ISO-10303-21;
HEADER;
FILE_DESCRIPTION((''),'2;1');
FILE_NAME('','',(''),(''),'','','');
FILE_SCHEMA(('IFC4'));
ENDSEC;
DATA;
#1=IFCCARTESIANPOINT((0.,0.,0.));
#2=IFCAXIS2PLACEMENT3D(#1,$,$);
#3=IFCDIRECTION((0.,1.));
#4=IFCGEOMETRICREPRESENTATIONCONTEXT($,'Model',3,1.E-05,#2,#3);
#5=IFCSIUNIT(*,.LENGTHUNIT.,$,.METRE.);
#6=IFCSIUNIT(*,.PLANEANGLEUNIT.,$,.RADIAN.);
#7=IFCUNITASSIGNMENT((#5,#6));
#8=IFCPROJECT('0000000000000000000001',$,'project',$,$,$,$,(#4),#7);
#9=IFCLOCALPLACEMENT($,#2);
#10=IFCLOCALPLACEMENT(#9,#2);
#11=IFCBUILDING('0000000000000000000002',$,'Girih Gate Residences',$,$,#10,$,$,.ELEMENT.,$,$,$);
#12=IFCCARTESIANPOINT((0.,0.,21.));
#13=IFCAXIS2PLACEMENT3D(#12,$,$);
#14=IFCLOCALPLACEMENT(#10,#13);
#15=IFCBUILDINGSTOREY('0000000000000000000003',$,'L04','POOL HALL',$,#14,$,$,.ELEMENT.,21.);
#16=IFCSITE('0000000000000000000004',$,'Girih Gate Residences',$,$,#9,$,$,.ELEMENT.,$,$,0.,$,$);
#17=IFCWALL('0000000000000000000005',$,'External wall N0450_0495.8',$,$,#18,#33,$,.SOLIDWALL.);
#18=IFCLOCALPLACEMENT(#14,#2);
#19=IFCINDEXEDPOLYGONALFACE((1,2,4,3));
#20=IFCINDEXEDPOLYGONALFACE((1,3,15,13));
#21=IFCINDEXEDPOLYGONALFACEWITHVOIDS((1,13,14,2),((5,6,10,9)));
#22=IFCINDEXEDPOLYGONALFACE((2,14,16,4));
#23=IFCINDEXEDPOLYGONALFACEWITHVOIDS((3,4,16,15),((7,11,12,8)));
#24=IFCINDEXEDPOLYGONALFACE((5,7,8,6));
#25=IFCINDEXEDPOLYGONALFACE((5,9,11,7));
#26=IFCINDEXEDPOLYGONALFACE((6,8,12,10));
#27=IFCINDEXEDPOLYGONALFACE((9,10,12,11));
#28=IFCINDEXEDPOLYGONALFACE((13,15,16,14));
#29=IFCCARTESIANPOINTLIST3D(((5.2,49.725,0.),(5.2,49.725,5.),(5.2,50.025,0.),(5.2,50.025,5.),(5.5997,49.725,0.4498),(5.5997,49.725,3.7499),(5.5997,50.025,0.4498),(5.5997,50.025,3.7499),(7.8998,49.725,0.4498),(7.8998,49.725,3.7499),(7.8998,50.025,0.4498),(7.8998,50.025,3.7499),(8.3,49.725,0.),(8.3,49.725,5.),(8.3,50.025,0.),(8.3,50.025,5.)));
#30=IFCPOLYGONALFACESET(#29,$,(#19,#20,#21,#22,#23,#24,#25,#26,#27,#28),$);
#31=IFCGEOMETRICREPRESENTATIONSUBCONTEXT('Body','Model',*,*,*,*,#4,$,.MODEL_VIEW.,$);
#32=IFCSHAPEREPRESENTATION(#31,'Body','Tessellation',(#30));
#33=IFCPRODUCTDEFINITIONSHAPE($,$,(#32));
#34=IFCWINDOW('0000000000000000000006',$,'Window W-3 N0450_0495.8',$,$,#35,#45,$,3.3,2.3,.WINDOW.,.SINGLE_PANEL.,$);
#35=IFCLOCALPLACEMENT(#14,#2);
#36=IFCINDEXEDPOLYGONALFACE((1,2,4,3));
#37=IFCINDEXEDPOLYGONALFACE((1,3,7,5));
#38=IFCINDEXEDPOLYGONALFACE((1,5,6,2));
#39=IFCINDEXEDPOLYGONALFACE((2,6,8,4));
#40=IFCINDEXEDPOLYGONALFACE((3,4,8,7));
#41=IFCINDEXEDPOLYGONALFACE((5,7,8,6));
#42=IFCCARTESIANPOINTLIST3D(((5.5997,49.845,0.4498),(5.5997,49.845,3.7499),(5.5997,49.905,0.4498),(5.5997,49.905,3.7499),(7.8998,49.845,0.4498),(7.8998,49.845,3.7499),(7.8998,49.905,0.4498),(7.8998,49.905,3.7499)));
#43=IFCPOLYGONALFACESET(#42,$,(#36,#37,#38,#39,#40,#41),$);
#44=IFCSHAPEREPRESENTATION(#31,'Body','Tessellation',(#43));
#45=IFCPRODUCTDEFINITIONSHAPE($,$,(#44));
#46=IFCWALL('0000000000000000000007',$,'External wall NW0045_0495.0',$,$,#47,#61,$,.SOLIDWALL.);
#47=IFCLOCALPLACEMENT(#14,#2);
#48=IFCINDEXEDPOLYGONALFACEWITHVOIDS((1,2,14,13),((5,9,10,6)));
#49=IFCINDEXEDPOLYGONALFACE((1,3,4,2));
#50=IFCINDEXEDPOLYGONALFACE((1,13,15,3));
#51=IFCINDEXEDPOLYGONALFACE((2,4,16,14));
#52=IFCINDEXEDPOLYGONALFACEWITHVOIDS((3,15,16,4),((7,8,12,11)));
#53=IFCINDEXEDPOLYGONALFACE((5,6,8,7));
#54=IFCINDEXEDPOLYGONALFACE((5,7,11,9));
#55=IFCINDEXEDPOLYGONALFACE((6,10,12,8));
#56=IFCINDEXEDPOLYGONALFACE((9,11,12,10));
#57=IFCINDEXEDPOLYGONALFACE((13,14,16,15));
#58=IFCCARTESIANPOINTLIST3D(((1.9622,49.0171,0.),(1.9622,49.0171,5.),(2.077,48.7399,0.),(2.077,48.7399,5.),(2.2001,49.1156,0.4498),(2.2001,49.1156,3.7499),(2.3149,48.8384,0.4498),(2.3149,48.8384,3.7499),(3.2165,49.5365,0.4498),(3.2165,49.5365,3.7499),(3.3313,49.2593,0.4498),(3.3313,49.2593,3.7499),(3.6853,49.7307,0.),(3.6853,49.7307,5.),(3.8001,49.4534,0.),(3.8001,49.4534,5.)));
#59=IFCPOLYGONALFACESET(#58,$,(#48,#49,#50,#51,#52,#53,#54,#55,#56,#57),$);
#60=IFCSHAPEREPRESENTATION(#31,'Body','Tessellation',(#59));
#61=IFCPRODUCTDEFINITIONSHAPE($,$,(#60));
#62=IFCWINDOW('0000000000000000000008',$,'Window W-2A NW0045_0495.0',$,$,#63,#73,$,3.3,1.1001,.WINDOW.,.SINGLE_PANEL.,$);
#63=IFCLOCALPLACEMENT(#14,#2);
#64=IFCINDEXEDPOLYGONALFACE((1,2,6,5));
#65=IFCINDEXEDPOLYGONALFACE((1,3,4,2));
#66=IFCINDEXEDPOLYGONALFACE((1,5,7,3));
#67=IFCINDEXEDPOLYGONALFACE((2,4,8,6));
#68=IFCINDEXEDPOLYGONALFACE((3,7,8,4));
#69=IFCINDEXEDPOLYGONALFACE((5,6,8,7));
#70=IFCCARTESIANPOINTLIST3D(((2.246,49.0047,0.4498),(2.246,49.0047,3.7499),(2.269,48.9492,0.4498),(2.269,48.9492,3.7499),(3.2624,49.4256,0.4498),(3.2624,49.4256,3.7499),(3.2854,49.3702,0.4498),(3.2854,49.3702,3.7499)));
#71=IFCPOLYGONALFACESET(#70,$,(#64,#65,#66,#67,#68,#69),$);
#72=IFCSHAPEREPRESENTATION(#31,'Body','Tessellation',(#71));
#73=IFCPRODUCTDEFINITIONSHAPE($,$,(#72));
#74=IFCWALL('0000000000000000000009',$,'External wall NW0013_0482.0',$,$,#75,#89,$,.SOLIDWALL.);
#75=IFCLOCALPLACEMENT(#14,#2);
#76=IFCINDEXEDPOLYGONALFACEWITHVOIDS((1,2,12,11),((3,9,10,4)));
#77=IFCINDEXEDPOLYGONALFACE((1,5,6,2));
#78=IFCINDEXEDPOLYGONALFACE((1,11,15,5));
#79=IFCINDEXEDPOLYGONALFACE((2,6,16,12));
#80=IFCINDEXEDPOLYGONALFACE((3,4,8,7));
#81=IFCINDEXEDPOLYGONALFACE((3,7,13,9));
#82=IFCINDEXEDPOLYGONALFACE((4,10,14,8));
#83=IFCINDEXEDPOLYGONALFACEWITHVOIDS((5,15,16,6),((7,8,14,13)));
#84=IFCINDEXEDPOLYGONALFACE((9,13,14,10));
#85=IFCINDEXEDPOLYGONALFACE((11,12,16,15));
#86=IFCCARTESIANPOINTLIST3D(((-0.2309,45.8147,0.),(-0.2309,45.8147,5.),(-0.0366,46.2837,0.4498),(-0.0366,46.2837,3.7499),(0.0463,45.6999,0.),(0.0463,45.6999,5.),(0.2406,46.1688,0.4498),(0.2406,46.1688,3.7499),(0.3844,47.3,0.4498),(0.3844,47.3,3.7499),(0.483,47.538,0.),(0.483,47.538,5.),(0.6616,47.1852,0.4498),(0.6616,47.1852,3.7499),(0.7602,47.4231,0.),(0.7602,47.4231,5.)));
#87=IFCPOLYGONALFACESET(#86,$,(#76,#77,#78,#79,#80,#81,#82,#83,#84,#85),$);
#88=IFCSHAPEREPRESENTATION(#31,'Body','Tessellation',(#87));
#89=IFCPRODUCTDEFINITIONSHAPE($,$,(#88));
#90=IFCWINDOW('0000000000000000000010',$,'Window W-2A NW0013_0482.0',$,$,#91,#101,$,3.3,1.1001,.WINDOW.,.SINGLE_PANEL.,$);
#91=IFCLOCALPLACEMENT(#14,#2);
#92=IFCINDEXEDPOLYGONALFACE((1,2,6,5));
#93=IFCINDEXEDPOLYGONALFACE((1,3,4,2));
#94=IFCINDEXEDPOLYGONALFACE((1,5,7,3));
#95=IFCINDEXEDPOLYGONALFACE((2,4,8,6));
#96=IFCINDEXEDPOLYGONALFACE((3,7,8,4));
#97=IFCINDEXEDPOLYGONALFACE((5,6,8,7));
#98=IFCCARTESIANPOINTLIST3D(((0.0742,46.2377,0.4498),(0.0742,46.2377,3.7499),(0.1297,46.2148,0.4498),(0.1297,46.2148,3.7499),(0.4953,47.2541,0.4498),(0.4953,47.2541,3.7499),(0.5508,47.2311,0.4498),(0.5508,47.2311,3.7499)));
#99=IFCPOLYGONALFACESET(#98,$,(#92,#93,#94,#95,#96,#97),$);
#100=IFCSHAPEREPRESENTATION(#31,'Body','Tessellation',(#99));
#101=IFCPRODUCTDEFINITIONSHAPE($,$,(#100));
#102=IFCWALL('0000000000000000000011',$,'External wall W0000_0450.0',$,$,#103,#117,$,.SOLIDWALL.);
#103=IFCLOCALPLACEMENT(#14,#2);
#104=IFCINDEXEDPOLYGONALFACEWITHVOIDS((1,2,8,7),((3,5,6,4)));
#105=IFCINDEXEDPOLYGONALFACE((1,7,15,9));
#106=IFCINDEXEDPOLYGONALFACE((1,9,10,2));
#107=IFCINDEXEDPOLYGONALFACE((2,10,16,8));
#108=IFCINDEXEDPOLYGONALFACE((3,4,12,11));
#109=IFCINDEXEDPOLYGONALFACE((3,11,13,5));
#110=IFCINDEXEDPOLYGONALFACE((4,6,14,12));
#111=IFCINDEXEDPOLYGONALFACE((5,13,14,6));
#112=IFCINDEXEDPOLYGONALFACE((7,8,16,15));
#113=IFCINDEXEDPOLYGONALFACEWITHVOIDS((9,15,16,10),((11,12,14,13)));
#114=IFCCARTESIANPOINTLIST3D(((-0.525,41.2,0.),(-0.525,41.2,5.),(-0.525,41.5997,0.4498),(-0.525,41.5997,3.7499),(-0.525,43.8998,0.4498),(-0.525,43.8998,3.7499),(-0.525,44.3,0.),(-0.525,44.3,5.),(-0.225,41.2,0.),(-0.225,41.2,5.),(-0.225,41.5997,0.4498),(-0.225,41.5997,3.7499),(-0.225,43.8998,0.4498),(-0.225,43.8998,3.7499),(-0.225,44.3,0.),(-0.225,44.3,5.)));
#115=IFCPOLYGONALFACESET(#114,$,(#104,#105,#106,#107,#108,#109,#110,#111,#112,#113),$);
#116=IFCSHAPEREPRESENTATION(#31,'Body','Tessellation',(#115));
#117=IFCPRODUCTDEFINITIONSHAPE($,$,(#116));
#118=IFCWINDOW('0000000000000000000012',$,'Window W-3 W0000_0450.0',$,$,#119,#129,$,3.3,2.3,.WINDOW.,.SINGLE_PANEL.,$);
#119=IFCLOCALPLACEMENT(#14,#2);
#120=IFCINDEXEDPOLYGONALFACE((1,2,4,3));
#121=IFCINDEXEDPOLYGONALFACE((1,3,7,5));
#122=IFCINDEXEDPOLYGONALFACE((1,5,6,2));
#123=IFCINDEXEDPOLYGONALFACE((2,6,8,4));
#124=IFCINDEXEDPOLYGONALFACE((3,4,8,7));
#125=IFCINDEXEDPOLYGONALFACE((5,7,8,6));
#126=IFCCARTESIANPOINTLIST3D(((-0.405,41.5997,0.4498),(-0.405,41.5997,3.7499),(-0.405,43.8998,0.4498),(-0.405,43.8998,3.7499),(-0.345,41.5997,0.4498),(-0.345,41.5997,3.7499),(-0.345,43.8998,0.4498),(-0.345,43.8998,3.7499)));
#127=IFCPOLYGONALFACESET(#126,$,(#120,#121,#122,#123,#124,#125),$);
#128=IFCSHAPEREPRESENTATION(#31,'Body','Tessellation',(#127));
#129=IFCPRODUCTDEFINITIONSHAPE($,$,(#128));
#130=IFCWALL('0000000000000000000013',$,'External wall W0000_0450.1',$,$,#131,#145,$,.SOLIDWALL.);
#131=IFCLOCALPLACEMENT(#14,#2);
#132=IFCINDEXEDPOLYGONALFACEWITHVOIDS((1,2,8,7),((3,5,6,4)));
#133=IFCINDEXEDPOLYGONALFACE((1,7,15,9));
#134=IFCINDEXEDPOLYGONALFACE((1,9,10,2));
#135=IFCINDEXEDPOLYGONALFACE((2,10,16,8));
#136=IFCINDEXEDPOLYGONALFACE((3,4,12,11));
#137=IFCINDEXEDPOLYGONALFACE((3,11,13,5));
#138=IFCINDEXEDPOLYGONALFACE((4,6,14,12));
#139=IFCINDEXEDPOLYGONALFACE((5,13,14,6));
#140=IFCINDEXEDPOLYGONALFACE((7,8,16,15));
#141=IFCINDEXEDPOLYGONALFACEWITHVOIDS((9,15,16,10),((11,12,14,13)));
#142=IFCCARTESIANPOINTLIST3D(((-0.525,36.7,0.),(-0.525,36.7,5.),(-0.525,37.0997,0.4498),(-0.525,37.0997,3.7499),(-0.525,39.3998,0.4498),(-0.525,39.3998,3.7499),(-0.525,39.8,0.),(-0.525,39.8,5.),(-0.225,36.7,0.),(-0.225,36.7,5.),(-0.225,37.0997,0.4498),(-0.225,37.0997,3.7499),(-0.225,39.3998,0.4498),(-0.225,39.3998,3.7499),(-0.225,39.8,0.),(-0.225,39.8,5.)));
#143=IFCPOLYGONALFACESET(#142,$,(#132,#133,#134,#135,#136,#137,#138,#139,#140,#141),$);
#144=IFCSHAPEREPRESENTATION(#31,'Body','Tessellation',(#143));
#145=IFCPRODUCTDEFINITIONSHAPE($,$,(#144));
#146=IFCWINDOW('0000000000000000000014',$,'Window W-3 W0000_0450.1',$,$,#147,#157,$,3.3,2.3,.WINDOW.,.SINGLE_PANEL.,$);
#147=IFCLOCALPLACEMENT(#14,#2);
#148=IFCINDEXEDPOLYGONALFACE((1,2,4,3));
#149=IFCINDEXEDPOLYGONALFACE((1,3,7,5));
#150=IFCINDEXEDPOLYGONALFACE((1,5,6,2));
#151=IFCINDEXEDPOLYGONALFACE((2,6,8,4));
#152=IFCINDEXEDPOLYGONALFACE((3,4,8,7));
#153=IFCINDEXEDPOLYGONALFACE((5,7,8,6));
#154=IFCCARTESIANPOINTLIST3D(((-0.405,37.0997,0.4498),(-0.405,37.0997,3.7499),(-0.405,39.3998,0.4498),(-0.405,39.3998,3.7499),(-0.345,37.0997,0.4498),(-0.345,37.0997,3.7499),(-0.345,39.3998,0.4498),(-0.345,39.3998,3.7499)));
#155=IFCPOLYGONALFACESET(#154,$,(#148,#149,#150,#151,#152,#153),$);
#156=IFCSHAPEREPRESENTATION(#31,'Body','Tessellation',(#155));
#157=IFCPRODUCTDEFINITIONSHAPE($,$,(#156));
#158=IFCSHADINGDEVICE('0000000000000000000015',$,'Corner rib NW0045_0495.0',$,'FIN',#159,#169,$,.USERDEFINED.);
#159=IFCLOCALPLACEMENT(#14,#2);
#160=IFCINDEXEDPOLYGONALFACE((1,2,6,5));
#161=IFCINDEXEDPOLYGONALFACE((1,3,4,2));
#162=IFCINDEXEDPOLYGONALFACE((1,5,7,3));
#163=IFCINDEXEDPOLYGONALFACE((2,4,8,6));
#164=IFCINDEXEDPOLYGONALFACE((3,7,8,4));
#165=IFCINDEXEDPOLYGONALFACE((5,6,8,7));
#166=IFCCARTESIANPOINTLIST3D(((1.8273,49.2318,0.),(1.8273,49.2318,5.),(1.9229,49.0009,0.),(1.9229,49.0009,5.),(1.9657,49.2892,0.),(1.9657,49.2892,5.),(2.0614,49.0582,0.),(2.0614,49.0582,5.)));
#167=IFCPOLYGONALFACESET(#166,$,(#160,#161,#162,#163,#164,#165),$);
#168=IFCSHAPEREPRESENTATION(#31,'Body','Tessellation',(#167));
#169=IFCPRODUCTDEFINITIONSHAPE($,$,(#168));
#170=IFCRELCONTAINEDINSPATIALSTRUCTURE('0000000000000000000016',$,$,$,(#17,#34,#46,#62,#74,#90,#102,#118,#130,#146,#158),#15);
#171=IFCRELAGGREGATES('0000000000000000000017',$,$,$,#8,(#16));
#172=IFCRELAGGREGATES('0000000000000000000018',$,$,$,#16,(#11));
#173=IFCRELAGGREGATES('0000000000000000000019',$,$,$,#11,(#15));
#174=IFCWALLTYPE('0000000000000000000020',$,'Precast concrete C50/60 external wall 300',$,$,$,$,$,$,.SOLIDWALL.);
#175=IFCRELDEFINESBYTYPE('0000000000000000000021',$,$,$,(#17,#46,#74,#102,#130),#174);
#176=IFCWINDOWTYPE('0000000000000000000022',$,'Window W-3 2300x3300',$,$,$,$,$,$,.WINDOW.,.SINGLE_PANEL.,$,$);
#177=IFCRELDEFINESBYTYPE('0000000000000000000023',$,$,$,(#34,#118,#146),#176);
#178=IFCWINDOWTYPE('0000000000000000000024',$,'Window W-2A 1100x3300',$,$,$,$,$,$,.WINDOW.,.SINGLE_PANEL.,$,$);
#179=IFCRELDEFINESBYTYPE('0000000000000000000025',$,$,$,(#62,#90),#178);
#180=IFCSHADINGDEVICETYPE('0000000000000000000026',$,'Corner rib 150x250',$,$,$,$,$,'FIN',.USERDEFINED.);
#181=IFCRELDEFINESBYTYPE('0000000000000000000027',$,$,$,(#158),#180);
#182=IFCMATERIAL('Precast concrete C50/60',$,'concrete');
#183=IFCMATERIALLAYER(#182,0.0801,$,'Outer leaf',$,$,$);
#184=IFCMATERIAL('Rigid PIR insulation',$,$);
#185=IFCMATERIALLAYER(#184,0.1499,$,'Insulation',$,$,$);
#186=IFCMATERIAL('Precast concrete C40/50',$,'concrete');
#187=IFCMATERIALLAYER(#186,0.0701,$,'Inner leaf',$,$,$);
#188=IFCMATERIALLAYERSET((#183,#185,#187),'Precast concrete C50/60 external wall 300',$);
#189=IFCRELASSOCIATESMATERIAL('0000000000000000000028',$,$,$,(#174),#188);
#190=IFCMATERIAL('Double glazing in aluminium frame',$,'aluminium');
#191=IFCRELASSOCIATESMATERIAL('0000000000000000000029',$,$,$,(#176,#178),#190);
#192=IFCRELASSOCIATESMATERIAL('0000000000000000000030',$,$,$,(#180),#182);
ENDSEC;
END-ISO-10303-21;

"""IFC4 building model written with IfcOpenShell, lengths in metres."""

from ifc_helpers import new_model, si_unit, direction, frame, frame_2d, origin, origin_2d, place, context, subcontext, project, spatial, rectangle, extrude, material, layer, layer_set, type_object, element, fill, save


model = new_model("IFC4")

# Units and contexts
model_context = context("Model", 3, precision=1e-05, world=origin(), true_north=direction((0.0, 1.0)))
body_context = subcontext(model_context, "Body", "Model", "MODEL_VIEW")
ifc_project = project(units=[si_unit("LENGTHUNIT", "METRE"), si_unit("PLANEANGLEUNIT", "RADIAN")], contexts=[model_context])

# Site, building, storey
site_placement = place(None, origin())
site = spatial("IfcSite", under=ifc_project, at=site_placement, Name="Girih Gate Residences", CompositionType="ELEMENT", RefElevation=0.0)
building_placement = place(site_placement, origin())
building = spatial("IfcBuilding", under=site, at=building_placement, Name="Girih Gate Residences", CompositionType="ELEMENT")
storey_placement = place(building_placement, frame((0.0, 0.0, 21.0)))
storey = spatial("IfcBuildingStorey", under=building, at=storey_placement, Name="L04", Description="POOL HALL", CompositionType="ELEMENT", Elevation=21.0)

# Walls, openings, windows
ifc_material_1 = material(Name="Precast concrete C50/60", Category="concrete")
ifc_layer_1 = layer(ifc_material_1, 0.0801, Name="Outer leaf")
ifc_material_2 = material(Name="Rigid PIR insulation")
ifc_layer_2 = layer(ifc_material_2, 0.1499, Name="Insulation")
ifc_material_3 = material(Name="Precast concrete C40/50", Category="concrete")
ifc_layer_3 = layer(ifc_material_3, 0.0701, Name="Inner leaf")
ifc_layer_set_1 = layer_set([ifc_layer_1, ifc_layer_2, ifc_layer_3], Name="Precast concrete C50/60 external wall 300")
wall_type_1 = type_object("IfcWallType", Name="Precast concrete C50/60 external wall 300", PredefinedType="SOLIDWALL", material=ifc_layer_set_1)
wall_1_placement = place(storey_placement, frame((5.2, 49.875, 0.0), z_axis=(0.0, 0.0, 1.0), x_axis=(1.0, 0.0, 0.0)))
wall_1 = element("IfcWall", 1, at=wall_1_placement, inside=storey, type_object=wall_type_1, Name="External wall N0450_0495.8", PredefinedType="SOLIDWALL", context=body_context, shape_type="SweptSolid", body=[
    extrude(rectangle(XDim=3.1001, YDim=0.3, at=frame_2d((1.55, 0.0))), origin(), (0.0, 0.0, 1.0), 5.0),
])
opening_1_placement = place(wall_1_placement, frame((0.3999, 0.0, 0.45)))
opening_1 = element("IfcOpeningElement", 2, at=opening_1_placement, cuts=wall_1, PredefinedType="OPENING", context=body_context, shape_type="SweptSolid", body=[
    extrude(rectangle(XDim=2.3, YDim=3.3, at=frame_2d((1.1499, 1.6499))), frame((0.0, 0.1599, 0.0), z_axis=(0.0, -1.0, 0.0), x_axis=(1.0, 0.0, 0.0)), (0.0, 0.0, 1.0), 0.3201),
])
ifc_material_4 = material(Name="Double glazing in aluminium frame", Category="aluminium")
window_type_1 = type_object("IfcWindowType", Name="Window W-3 2300x3300", PartitioningType="SINGLE_PANEL", PredefinedType="WINDOW", material=ifc_material_4)
window_1_placement = place(opening_1_placement, origin())
window_1 = element("IfcWindow", 3, at=window_1_placement, inside=storey, type_object=window_type_1, Name="Window W-3 N0450_0495.8", OverallHeight=3.3, OverallWidth=2.3, PartitioningType="SINGLE_PANEL", PredefinedType="WINDOW", context=body_context, shape_type="SweptSolid", body=[
    extrude(rectangle(XDim=2.3, YDim=3.3, at=frame_2d((1.1499, 1.6499))), frame((0.0, 0.03, 0.0), z_axis=(0.0, -1.0, 0.0), x_axis=(1.0, 0.0, 0.0)), (0.0, 0.0, 1.0), 0.0601),
])
fill(opening_1, window_1)
wall_2_placement = place(storey_placement, frame((2.0195, 48.8784, 0.0), z_axis=(0.0, 0.0, 1.0), x_axis=(0.923904, 0.382625, 0.0)))
wall_2 = element("IfcWall", 4, at=wall_2_placement, inside=storey, type_object=wall_type_1, Name="External wall NW0045_0495.0", PredefinedType="SOLIDWALL", context=body_context, shape_type="SweptSolid", body=[
    extrude(rectangle(XDim=1.865, YDim=0.3, at=frame_2d((0.9326, 0.0))), origin(), (0.0, 0.0, 1.0), 5.0),
])
opening_2_placement = place(wall_2_placement, frame((0.2576, 0.0, 0.45)))
opening_2 = element("IfcOpeningElement", 5, at=opening_2_placement, cuts=wall_2, PredefinedType="OPENING", context=body_context, shape_type="SweptSolid", body=[
    extrude(rectangle(XDim=1.1001, YDim=3.3, at=frame_2d((0.55, 1.6499))), frame((0.0, 0.1599, 0.0), z_axis=(0.0, -1.0, 0.0), x_axis=(1.0, 0.0, 0.0)), (0.0, 0.0, 1.0), 0.3201),
])
window_type_2 = type_object("IfcWindowType", Name="Window W-2A 1100x3300", PartitioningType="SINGLE_PANEL", PredefinedType="WINDOW", material=ifc_material_4)
window_2_placement = place(opening_2_placement, origin())
window_2 = element("IfcWindow", 6, at=window_2_placement, inside=storey, type_object=window_type_2, Name="Window W-2A NW0045_0495.0", OverallHeight=3.3, OverallWidth=1.1001, PartitioningType="SINGLE_PANEL", PredefinedType="WINDOW", context=body_context, shape_type="SweptSolid", body=[
    extrude(rectangle(XDim=1.1001, YDim=3.3, at=frame_2d((0.55, 1.6499))), frame((0.0, 0.03, 0.0), z_axis=(0.0, -1.0, 0.0), x_axis=(1.0, 0.0, 0.0)), (0.0, 0.0, 1.0), 0.0601),
])
fill(opening_2, window_2)
wall_3_placement = place(storey_placement, frame((-0.0923, 45.7573, 0.0), z_axis=(0.0, 0.0, 1.0), x_axis=(0.382737, 0.923857, 0.0)))
wall_3 = element("IfcWall", 7, at=wall_3_placement, inside=storey, type_object=wall_type_1, Name="External wall NW0013_0482.0", PredefinedType="SOLIDWALL", context=body_context, shape_type="SweptSolid", body=[
    extrude(rectangle(XDim=1.8652, YDim=0.3, at=frame_2d((0.9326, 0.0))), origin(), (0.0, 0.0, 1.0), 5.0),
])
opening_3_placement = place(wall_3_placement, frame((0.5076, 0.0, 0.45)))
opening_3 = element("IfcOpeningElement", 8, at=opening_3_placement, cuts=wall_3, PredefinedType="OPENING", context=body_context, shape_type="SweptSolid", body=[
    extrude(rectangle(XDim=1.1001, YDim=3.3, at=frame_2d((0.55, 1.6499))), frame((0.0, 0.1599, 0.0), z_axis=(0.0, -1.0, 0.0), x_axis=(1.0, 0.0, 0.0)), (0.0, 0.0, 1.0), 0.3201),
])
window_3_placement = place(opening_3_placement, origin())
window_3 = element("IfcWindow", 9, at=window_3_placement, inside=storey, type_object=window_type_2, Name="Window W-2A NW0013_0482.0", OverallHeight=3.3, OverallWidth=1.1001, PartitioningType="SINGLE_PANEL", PredefinedType="WINDOW", context=body_context, shape_type="SweptSolid", body=[
    extrude(rectangle(XDim=1.1001, YDim=3.3, at=frame_2d((0.55, 1.6499))), frame((0.0, 0.03, 0.0), z_axis=(0.0, -1.0, 0.0), x_axis=(1.0, 0.0, 0.0)), (0.0, 0.0, 1.0), 0.0601),
])
fill(opening_3, window_3)
wall_4_placement = place(storey_placement, frame((-0.375, 41.2, 0.0), z_axis=(0.0, 0.0, 1.0), x_axis=(0.0, 1.0, 0.0)))
wall_4 = element("IfcWall", 10, at=wall_4_placement, inside=storey, type_object=wall_type_1, Name="External wall W0000_0450.0", PredefinedType="SOLIDWALL", context=body_context, shape_type="SweptSolid", body=[
    extrude(rectangle(XDim=3.1001, YDim=0.3, at=frame_2d((1.55, 0.0))), origin(), (0.0, 0.0, 1.0), 5.0),
])
opening_4_placement = place(wall_4_placement, frame((0.3999, 0.0, 0.45)))
opening_4 = element("IfcOpeningElement", 11, at=opening_4_placement, cuts=wall_4, PredefinedType="OPENING", context=body_context, shape_type="SweptSolid", body=[
    extrude(rectangle(XDim=2.3, YDim=3.3, at=frame_2d((1.1499, 1.6499))), frame((0.0, 0.1599, 0.0), z_axis=(0.0, -1.0, 0.0), x_axis=(1.0, 0.0, 0.0)), (0.0, 0.0, 1.0), 0.3201),
])
window_4_placement = place(opening_4_placement, origin())
window_4 = element("IfcWindow", 12, at=window_4_placement, inside=storey, type_object=window_type_1, Name="Window W-3 W0000_0450.0", OverallHeight=3.3, OverallWidth=2.3, PartitioningType="SINGLE_PANEL", PredefinedType="WINDOW", context=body_context, shape_type="SweptSolid", body=[
    extrude(rectangle(XDim=2.3, YDim=3.3, at=frame_2d((1.1499, 1.6499))), frame((0.0, 0.03, 0.0), z_axis=(0.0, -1.0, 0.0), x_axis=(1.0, 0.0, 0.0)), (0.0, 0.0, 1.0), 0.0601),
])
fill(opening_4, window_4)
wall_5_placement = place(storey_placement, frame((-0.375, 36.7, 0.0), z_axis=(0.0, 0.0, 1.0), x_axis=(0.0, 1.0, 0.0)))
wall_5 = element("IfcWall", 13, at=wall_5_placement, inside=storey, type_object=wall_type_1, Name="External wall W0000_0450.1", PredefinedType="SOLIDWALL", context=body_context, shape_type="SweptSolid", body=[
    extrude(rectangle(XDim=3.1001, YDim=0.3, at=frame_2d((1.55, 0.0))), origin(), (0.0, 0.0, 1.0), 5.0),
])
opening_5_placement = place(wall_5_placement, frame((0.3999, 0.0, 0.45)))
opening_5 = element("IfcOpeningElement", 14, at=opening_5_placement, cuts=wall_5, PredefinedType="OPENING", context=body_context, shape_type="SweptSolid", body=[
    extrude(rectangle(XDim=2.3, YDim=3.3, at=frame_2d((1.1499, 1.6499))), frame((0.0, 0.1599, 0.0), z_axis=(0.0, -1.0, 0.0), x_axis=(1.0, 0.0, 0.0)), (0.0, 0.0, 1.0), 0.3201),
])
window_5_placement = place(opening_5_placement, origin())
window_5 = element("IfcWindow", 15, at=window_5_placement, inside=storey, type_object=window_type_1, Name="Window W-3 W0000_0450.1", OverallHeight=3.3, OverallWidth=2.3, PartitioningType="SINGLE_PANEL", PredefinedType="WINDOW", context=body_context, shape_type="SweptSolid", body=[
    extrude(rectangle(XDim=2.3, YDim=3.3, at=frame_2d((1.1499, 1.6499))), frame((0.0, 0.03, 0.0), z_axis=(0.0, -1.0, 0.0), x_axis=(1.0, 0.0, 0.0)), (0.0, 0.0, 1.0), 0.0601),
])
fill(opening_5, window_5)

# Shading device
shading_device_type = type_object("IfcShadingDeviceType", Name="Corner rib 150x250", ElementType="FIN", PredefinedType="USERDEFINED", material=ifc_material_1)
for number, where, z_axis, x_axis, name in (
    (16, (1.9443, 49.145, 0.0), (0.0, 0.0, 1.0), (-0.92388, -0.382683, 0.0), "Corner rib NW0045_0495.0"),
):
    element("IfcShadingDevice", number, at=place(storey_placement, frame(where, z_axis=z_axis, x_axis=x_axis)), inside=storey, type_object=shading_device_type, Name=name, ObjectType="FIN", PredefinedType="USERDEFINED", context=body_context, shape_type="SweptSolid", body=[
        extrude(rectangle(XDim=0.1499, YDim=0.25, at=origin_2d()), origin(), (0.0, 0.0, 1.0), 5.0),
    ])

save(model, "model.ifc")
